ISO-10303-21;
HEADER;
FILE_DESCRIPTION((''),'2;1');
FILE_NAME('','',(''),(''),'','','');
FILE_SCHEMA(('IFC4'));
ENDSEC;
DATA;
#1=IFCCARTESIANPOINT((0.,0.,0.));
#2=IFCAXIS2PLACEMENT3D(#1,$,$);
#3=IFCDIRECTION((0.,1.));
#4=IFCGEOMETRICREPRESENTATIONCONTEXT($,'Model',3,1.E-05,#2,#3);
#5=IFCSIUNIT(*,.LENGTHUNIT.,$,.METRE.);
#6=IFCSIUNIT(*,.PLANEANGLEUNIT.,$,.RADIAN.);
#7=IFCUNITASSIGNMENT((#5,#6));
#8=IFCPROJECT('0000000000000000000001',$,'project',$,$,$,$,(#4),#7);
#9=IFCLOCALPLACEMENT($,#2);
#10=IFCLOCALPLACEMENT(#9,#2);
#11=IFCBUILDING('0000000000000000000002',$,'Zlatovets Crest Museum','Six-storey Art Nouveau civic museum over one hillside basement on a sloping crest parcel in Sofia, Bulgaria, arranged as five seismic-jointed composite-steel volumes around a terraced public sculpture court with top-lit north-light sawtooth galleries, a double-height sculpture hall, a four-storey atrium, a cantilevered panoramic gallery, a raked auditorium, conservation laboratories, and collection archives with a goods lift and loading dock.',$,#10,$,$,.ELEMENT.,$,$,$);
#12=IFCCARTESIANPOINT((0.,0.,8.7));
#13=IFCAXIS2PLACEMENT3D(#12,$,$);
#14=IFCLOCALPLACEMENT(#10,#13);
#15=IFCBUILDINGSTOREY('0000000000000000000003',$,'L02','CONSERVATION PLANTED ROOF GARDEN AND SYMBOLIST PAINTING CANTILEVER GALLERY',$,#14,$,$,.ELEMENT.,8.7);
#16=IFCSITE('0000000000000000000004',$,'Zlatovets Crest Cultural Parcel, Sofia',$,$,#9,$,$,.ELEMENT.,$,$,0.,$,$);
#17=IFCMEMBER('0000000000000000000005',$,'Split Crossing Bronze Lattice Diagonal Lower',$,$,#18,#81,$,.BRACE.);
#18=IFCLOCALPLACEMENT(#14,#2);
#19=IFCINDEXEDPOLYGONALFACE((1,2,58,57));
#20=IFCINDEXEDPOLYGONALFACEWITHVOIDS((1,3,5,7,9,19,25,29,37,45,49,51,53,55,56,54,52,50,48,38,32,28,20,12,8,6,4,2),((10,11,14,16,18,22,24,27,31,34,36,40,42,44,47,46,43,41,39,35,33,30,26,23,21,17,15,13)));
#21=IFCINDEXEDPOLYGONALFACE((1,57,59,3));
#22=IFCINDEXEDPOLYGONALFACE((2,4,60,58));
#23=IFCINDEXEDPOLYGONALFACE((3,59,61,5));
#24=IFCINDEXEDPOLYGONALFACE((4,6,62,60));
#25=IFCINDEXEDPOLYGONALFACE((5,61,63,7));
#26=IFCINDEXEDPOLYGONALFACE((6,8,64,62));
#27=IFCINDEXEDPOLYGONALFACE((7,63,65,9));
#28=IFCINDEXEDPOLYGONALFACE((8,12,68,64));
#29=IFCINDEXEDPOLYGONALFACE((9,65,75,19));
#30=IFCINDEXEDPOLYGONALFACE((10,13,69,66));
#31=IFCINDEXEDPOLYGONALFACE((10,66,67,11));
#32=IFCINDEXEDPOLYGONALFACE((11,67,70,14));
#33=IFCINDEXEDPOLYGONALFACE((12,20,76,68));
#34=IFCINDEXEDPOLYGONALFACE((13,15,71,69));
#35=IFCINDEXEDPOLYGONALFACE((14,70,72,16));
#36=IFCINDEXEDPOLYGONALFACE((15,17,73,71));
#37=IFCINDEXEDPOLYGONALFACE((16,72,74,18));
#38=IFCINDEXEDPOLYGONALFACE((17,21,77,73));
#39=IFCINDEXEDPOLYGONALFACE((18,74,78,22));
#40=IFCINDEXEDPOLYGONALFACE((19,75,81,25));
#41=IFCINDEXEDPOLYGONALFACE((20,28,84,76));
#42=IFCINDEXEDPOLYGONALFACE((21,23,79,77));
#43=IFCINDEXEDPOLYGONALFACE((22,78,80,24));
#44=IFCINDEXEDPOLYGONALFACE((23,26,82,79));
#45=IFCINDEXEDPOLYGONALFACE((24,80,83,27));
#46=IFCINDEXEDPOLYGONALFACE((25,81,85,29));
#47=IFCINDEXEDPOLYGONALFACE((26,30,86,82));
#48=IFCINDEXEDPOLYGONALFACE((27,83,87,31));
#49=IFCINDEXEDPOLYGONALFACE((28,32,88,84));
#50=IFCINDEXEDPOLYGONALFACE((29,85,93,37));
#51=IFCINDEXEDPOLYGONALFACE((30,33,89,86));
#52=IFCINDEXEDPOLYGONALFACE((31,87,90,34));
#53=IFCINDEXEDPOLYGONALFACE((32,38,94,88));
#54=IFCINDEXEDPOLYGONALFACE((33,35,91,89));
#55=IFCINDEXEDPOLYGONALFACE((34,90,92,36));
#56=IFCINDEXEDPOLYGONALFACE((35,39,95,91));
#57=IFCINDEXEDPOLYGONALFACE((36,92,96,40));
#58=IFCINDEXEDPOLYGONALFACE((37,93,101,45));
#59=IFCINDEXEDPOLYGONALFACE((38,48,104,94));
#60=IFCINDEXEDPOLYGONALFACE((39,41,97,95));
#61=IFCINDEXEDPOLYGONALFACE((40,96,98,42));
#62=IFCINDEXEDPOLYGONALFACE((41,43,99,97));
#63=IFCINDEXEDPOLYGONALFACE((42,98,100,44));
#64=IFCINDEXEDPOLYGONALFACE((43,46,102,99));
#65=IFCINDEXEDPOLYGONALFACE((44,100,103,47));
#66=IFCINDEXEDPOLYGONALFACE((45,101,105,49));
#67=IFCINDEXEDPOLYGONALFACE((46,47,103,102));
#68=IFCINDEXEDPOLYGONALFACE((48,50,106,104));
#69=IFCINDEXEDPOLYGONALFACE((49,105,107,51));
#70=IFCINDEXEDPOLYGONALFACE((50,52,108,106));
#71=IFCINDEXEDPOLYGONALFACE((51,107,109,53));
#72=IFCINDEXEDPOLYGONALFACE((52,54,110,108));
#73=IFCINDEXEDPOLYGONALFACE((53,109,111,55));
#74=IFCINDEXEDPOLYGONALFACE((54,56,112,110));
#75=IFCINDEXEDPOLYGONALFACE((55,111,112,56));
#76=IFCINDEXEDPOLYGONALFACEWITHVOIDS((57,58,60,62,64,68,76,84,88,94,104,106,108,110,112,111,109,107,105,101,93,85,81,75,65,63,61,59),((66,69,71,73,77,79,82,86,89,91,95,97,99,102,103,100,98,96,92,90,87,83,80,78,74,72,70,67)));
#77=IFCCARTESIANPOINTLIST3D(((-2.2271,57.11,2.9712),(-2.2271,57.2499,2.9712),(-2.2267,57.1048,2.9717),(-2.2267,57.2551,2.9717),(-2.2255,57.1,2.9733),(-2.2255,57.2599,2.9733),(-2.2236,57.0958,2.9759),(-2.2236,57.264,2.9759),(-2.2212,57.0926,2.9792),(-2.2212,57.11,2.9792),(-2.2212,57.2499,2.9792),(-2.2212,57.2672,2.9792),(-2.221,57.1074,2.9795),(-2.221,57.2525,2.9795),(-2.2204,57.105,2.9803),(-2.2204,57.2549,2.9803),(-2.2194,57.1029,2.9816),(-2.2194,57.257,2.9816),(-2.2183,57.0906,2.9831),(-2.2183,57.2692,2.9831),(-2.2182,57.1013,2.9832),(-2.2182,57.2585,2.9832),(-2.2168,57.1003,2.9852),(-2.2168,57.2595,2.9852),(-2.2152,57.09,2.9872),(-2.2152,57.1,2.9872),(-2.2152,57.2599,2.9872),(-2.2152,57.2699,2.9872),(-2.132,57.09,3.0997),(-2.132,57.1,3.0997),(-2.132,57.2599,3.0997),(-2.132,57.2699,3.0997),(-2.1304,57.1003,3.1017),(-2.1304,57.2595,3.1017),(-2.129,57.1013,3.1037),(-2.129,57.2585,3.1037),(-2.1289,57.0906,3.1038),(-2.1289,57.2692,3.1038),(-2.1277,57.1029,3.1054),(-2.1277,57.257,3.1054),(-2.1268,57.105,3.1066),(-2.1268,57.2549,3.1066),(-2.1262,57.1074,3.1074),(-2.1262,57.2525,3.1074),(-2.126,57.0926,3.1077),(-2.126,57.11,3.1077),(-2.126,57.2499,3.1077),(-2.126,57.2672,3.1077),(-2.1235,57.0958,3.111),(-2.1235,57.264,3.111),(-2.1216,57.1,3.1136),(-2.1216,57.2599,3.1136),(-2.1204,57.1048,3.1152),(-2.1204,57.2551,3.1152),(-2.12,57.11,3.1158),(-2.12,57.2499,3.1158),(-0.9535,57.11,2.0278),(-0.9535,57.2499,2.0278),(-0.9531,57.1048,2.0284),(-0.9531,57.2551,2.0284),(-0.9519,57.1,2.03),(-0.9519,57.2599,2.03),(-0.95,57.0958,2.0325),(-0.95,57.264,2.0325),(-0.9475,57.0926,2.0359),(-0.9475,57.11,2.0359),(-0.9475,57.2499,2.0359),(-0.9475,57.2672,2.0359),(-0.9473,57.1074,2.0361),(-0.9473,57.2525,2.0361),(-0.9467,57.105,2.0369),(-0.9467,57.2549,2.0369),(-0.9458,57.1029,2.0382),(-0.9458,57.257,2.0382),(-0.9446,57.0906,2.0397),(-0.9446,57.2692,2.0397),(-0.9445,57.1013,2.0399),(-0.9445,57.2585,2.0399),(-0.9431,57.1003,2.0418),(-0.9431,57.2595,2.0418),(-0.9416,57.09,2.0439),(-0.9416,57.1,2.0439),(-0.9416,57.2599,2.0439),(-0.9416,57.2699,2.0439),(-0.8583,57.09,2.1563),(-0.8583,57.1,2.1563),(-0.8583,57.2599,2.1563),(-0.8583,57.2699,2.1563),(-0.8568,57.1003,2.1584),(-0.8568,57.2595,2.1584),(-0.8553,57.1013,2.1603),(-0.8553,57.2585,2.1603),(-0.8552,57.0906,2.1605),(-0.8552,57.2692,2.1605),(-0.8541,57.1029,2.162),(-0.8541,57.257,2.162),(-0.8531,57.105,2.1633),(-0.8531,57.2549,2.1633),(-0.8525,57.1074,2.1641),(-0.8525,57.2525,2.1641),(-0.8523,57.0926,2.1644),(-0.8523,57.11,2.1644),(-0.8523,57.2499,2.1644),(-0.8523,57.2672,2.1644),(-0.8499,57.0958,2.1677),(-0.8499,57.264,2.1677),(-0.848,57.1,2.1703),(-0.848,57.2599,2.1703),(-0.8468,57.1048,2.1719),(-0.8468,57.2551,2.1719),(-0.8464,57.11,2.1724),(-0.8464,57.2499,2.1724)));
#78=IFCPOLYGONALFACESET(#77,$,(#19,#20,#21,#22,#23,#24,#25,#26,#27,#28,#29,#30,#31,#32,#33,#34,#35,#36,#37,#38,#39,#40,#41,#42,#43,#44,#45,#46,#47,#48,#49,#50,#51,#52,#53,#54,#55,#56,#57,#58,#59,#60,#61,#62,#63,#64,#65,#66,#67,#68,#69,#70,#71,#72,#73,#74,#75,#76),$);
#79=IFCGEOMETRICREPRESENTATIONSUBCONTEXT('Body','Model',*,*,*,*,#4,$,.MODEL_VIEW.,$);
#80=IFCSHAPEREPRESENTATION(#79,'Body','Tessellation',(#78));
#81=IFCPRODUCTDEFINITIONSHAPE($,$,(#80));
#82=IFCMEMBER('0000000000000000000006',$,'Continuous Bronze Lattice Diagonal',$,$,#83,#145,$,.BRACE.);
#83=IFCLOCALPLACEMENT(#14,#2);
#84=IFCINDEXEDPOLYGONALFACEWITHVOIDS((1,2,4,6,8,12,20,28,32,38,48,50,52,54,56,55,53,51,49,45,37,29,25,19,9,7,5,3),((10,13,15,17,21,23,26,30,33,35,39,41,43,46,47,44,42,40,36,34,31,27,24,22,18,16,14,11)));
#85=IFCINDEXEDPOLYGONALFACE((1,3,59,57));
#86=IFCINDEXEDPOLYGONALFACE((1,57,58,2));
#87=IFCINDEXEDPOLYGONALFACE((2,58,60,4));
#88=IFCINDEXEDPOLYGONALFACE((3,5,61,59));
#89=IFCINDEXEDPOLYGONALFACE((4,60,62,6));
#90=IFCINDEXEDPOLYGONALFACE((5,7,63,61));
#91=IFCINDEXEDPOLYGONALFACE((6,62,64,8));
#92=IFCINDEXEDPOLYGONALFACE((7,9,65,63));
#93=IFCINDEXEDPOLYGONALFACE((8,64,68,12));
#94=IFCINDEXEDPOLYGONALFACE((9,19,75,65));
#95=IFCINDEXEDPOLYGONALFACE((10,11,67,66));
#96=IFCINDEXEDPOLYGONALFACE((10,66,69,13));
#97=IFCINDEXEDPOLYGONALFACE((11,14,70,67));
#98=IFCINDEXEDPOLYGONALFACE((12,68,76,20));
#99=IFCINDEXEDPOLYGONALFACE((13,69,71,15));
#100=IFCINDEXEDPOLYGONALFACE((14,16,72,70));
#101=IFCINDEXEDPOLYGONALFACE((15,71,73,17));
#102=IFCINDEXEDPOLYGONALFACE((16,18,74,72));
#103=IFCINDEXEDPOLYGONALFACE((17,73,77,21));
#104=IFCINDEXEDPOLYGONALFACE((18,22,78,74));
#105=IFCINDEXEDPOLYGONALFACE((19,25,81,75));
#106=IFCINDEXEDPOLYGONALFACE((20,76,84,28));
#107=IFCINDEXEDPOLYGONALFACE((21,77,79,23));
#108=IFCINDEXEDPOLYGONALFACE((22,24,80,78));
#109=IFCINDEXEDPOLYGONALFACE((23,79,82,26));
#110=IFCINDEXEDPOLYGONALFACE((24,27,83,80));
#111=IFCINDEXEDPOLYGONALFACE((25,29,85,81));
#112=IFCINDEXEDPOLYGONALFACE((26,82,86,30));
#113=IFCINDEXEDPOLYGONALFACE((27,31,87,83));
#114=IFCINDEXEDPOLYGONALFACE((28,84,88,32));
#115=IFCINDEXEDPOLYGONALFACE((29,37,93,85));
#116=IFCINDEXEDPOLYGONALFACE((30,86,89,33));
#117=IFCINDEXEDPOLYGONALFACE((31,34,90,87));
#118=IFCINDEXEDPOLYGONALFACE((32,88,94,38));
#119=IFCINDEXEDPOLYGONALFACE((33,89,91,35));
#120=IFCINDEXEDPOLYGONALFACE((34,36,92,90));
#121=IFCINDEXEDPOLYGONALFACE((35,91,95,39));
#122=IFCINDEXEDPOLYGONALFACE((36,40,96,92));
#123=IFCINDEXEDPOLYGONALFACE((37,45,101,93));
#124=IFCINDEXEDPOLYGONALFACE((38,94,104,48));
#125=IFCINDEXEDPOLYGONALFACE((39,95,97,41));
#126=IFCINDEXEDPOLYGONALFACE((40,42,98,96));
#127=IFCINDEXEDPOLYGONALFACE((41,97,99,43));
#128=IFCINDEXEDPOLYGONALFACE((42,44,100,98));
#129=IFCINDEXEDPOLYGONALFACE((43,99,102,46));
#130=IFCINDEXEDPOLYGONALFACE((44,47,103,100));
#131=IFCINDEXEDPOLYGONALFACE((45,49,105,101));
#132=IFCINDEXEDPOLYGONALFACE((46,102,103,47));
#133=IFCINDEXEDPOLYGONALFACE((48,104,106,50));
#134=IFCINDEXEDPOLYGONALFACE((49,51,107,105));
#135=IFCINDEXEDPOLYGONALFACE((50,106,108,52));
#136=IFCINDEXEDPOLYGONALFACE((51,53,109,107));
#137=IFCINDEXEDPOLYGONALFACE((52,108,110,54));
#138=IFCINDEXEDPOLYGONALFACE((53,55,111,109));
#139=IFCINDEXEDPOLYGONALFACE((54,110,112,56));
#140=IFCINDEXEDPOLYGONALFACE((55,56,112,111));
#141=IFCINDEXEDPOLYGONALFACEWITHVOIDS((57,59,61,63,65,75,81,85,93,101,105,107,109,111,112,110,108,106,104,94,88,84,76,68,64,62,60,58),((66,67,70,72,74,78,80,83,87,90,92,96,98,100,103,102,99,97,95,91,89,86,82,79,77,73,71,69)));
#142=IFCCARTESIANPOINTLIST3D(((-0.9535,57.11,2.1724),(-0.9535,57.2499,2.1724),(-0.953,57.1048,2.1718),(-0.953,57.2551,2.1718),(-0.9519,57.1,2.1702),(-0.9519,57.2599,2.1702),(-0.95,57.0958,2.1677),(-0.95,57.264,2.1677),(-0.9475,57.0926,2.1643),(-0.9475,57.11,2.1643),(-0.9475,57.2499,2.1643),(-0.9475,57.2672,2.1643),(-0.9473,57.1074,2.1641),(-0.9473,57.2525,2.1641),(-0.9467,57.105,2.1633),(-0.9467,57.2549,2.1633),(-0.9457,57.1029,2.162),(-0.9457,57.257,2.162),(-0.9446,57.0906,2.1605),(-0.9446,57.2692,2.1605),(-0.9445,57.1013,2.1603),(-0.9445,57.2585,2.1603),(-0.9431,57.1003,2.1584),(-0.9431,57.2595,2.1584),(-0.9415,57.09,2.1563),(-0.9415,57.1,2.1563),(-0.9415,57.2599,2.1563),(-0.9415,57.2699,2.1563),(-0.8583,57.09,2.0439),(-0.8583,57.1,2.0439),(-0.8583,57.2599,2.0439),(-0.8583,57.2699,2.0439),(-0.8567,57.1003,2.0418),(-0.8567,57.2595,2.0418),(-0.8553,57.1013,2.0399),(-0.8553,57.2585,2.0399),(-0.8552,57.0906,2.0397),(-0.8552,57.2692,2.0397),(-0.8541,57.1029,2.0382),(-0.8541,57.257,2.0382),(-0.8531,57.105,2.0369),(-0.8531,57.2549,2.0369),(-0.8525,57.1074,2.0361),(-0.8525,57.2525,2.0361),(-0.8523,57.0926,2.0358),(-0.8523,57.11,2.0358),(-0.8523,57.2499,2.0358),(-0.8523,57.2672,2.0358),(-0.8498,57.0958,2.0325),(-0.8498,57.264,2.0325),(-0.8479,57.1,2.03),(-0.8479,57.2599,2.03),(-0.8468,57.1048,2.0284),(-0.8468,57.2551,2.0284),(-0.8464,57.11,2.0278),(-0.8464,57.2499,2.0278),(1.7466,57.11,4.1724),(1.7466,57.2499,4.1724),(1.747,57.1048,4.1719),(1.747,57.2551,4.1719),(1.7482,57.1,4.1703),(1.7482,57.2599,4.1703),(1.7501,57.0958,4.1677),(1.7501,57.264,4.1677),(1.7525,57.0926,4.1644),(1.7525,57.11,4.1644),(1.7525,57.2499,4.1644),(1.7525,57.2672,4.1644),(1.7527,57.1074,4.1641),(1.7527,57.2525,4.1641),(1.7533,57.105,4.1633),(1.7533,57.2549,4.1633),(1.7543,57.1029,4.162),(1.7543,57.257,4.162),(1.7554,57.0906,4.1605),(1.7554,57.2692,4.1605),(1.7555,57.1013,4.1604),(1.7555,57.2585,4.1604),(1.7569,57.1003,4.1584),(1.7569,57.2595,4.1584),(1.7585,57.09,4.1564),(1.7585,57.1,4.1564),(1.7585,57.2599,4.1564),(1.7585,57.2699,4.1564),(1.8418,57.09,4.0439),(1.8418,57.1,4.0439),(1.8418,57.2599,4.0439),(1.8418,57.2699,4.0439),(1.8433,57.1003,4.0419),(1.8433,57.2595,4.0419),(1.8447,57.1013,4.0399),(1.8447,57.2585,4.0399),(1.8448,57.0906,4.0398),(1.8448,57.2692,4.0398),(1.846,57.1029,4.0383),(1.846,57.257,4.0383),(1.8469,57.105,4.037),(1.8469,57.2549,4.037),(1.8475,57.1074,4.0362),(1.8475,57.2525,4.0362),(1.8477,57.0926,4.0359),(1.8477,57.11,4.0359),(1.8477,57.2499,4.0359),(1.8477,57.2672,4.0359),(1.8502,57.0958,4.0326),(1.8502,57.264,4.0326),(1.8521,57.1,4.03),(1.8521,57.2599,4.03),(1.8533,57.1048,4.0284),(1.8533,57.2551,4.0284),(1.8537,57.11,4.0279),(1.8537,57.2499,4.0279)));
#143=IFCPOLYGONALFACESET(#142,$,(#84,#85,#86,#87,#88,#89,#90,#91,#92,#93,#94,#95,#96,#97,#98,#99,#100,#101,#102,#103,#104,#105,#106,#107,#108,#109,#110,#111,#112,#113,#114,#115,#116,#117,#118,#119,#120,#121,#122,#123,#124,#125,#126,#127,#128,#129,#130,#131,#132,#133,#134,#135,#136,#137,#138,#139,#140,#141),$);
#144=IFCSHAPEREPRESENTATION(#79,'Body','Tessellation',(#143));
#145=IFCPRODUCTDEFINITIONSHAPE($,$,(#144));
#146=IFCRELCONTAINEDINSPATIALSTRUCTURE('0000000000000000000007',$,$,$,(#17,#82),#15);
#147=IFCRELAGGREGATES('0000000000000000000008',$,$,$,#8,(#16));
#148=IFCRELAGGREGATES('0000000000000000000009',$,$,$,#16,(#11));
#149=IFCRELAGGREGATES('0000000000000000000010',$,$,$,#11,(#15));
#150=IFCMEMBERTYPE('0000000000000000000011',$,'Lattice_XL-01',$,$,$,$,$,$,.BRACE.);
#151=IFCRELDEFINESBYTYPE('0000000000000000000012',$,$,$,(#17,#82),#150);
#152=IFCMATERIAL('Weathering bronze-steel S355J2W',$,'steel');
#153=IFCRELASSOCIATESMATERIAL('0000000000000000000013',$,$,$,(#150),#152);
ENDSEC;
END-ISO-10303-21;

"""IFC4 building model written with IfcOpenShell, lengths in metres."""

from ifc_helpers import new_model, si_unit, direction, frame, origin, origin_2d, place, context, subcontext, project, spatial, hollow_rectangle, extrude, material, material_profile, profile_set, type_object, element, save


model = new_model("IFC4")

# Units and contexts
model_context = context("Model", 3, precision=1e-05, world=origin(), true_north=direction((0.0, 1.0)))
body_context = subcontext(model_context, "Body", "Model", "MODEL_VIEW")
ifc_project = project(units=[si_unit("LENGTHUNIT", "METRE"), si_unit("PLANEANGLEUNIT", "RADIAN")], contexts=[model_context])

# Site, building, storey
site_placement = place(None, origin())
site = spatial("IfcSite", under=ifc_project, at=site_placement, Name="Zlatovets Crest Cultural Parcel, Sofia", CompositionType="ELEMENT", RefElevation=0.0)
building_placement = place(site_placement, origin())
building = spatial("IfcBuilding", under=site, at=building_placement, Name="Zlatovets Crest Museum", Description="Six-storey Art Nouveau civic museum over one hillside basement on a sloping crest parcel in Sofia, Bulgaria, arranged as five seismic-jointed composite-steel volumes around a terraced public sculpture court with top-lit north-light sawtooth galleries, a double-height sculpture hall, a four-storey atrium, a cantilevered panoramic gallery, a raked auditorium, conservation laboratories, and collection archives with a goods lift and loading dock.", CompositionType="ELEMENT")
storey_placement = place(building_placement, frame((0.0, 0.0, 8.7)))
storey = spatial("IfcBuildingStorey", under=building, at=storey_placement, Name="L02", Description="CONSERVATION PLANTED ROOF GARDEN AND SYMBOLIST PAINTING CANTILEVER GALLERY", CompositionType="ELEMENT", Elevation=8.7)

# Members
ifc_material_1 = material(Name="Weathering bronze-steel S355J2W", Category="steel")
ifc_material_profile_1 = material_profile(ifc_material_1, hollow_rectangle(XDim=0.1799, YDim=0.1799, WallThickness=0.01, InnerFilletRadius=0.01, OuterFilletRadius=0.02, at=origin_2d()), Name="SHS 180x180x10.0")
ifc_profile_set_1 = profile_set([ifc_material_profile_1], Name="Weathering bronze-steel S355J2W")
member_type_1 = type_object("IfcMemberType", Name="Lattice_XL-01", PredefinedType="BRACE", material=ifc_profile_set_1)
for number, where, z_axis, x_axis, name in (
    (1, (-2.1736, 57.1799, 3.0435), (0.80359, 0.0, -0.595183), (0.0, 1.0, 0.0), "Split Crossing Bronze Lattice Diagonal Lower"),
):
    element("IfcMember", number, at=place(storey_placement, frame(where, z_axis=z_axis, x_axis=x_axis)), inside=storey, type_object=member_type_1, Name=name, PredefinedType="BRACE", context=body_context, shape_type="SweptSolid", body=[
        extrude(hollow_rectangle(XDim=0.1799, YDim=0.1799, WallThickness=0.01, InnerFilletRadius=0.01, OuterFilletRadius=0.02, at=origin_2d()), origin(), (0.0, 0.0, 1.0), 1.585),
    ])
member_1_placement = place(storey_placement, frame((-0.8999, 57.1799, 2.1001), z_axis=(0.803552, 0.0, 0.595235), x_axis=(0.0, 1.0, 0.0)))
element("IfcMember", 2, at=member_1_placement, inside=storey, type_object=member_type_1, Name="Continuous Bronze Lattice Diagonal", PredefinedType="BRACE", context=body_context, shape_type="SweptSolid", body=[
    extrude(hollow_rectangle(XDim=0.1799, YDim=0.1799, WallThickness=0.01, InnerFilletRadius=0.01, OuterFilletRadius=0.02, at=origin_2d()), origin(), (0.0, 0.0, 1.0), 3.3601),
])

save(model, "model.ifc")
